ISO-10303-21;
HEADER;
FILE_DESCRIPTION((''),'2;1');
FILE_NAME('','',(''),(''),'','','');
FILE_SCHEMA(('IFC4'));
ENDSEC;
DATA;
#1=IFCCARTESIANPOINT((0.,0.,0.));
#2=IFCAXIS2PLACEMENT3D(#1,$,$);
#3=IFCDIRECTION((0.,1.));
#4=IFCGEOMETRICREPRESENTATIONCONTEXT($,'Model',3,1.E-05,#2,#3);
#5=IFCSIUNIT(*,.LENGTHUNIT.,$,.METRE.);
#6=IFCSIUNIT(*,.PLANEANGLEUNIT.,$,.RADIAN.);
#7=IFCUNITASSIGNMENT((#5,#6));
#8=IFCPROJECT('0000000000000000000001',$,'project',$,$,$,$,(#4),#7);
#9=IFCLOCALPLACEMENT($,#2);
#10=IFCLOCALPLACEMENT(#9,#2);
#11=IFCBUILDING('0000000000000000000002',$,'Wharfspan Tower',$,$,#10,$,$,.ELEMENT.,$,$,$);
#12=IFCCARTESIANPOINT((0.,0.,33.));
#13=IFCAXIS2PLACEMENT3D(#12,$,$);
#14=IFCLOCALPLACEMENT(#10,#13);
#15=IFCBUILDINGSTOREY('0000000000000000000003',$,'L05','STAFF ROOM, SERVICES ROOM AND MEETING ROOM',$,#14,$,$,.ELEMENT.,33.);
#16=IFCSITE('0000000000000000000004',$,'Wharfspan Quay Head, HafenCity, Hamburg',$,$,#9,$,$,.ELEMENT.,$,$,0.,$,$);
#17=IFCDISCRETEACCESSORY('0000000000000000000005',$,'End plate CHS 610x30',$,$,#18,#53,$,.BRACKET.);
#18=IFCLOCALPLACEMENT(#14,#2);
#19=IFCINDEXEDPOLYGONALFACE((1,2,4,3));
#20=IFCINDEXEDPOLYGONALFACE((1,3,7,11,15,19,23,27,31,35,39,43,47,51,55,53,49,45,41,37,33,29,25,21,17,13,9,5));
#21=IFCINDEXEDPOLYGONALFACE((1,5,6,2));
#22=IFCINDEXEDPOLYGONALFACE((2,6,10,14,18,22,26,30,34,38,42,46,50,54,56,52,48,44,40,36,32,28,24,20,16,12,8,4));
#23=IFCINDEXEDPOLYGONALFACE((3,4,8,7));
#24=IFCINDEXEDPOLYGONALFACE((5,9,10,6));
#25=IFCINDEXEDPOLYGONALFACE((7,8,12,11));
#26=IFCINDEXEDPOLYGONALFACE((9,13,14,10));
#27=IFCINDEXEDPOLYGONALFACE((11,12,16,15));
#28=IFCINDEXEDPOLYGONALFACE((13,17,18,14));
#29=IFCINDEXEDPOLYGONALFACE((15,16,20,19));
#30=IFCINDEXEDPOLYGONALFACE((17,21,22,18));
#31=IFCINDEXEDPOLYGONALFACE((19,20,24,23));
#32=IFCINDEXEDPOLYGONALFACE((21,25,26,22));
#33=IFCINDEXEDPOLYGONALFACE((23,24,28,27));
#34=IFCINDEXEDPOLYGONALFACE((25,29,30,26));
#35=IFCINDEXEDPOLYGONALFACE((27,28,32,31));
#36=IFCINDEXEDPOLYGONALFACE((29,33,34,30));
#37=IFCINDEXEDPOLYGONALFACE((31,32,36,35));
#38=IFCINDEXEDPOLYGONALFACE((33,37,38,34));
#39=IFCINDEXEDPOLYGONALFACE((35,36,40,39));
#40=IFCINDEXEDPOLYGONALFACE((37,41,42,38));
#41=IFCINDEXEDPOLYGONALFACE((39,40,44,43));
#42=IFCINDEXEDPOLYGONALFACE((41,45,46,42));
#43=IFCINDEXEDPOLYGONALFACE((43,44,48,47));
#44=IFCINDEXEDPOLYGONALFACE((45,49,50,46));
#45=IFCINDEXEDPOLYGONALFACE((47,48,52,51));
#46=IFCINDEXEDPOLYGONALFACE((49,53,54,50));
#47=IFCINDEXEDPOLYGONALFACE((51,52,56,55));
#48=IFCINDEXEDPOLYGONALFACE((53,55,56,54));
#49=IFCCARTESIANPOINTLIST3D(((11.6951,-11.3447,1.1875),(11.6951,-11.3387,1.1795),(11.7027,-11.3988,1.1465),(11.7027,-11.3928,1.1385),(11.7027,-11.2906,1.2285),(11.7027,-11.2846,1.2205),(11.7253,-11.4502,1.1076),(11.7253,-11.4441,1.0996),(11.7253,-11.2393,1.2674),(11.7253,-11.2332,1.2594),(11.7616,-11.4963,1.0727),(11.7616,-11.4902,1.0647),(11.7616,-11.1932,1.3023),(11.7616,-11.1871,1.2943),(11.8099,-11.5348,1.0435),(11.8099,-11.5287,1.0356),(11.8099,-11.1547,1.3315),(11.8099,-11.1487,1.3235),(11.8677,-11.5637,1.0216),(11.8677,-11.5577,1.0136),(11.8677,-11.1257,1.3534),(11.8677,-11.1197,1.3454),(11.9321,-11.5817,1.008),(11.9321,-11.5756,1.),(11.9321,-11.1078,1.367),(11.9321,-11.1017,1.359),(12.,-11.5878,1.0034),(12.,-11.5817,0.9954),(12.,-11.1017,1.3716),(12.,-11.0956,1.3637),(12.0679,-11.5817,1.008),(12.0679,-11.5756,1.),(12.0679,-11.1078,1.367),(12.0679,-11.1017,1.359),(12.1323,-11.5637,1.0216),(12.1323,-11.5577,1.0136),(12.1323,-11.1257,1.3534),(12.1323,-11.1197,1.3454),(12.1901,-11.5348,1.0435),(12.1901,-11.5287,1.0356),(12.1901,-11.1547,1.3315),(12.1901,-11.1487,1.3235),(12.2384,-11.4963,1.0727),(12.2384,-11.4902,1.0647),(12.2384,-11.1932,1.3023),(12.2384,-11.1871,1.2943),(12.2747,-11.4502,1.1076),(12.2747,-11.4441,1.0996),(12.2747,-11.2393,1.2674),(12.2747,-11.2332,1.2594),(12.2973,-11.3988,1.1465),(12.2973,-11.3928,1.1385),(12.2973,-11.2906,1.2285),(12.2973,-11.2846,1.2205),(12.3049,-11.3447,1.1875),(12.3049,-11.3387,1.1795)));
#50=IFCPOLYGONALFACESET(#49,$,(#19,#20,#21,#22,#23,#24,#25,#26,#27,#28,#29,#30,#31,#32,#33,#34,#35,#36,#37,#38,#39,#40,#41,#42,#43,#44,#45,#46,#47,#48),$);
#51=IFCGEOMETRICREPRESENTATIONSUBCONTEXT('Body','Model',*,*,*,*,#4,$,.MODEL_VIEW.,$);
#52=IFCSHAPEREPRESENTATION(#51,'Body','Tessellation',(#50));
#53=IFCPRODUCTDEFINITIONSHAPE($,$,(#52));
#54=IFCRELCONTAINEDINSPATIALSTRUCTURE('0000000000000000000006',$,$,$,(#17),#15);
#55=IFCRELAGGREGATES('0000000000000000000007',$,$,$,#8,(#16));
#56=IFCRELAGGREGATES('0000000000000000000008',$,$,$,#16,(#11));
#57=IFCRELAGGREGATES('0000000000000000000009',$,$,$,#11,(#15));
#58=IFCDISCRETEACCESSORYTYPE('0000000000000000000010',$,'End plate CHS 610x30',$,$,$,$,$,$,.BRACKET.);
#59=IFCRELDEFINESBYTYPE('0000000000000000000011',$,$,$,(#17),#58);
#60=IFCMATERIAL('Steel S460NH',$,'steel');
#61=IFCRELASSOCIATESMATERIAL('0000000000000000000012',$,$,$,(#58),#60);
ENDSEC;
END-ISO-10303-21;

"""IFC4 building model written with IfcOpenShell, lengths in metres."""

from ifc_helpers import new_model, si_unit, direction, frame, origin, origin_2d, place, context, subcontext, project, spatial, circle, extrude, material, material_profile, profile_set, type_object, element, save


model = new_model("IFC4")

# Units and contexts
model_context = context("Model", 3, precision=1e-05, world=origin(), true_north=direction((0.0, 1.0)))
body_context = subcontext(model_context, "Body", "Model", "MODEL_VIEW")
ifc_project = project(units=[si_unit("LENGTHUNIT", "METRE"), si_unit("PLANEANGLEUNIT", "RADIAN")], contexts=[model_context])

# Site, building, storey
site_placement = place(None, origin())
site = spatial("IfcSite", under=ifc_project, at=site_placement, Name="Wharfspan Quay Head, HafenCity, Hamburg", CompositionType="ELEMENT", RefElevation=0.0)
building_placement = place(site_placement, origin())
building = spatial("IfcBuilding", under=site, at=building_placement, Name="Wharfspan Tower", CompositionType="ELEMENT")
storey_placement = place(building_placement, frame((0.0, 0.0, 33.0)))
storey = spatial("IfcBuildingStorey", under=building, at=storey_placement, Name="L05", Description="STAFF ROOM, SERVICES ROOM AND MEETING ROOM", CompositionType="ELEMENT", Elevation=33.0)

# Shared definitions
ifc_material_1 = material(Name="Steel S460NH", Category="steel")

# Discrete accessory
ifc_material_profile_1 = material_profile(ifc_material_1, circle(Radius=0.3049, at=origin_2d()))
ifc_profile_set_1 = profile_set([ifc_material_profile_1], Name="Steel S460NH")
discrete_accessory_type = type_object("IfcDiscreteAccessoryType", Name="End plate CHS 610x30", PredefinedType="BRACKET", material=ifc_profile_set_1)
for number, where, z_axis, x_axis, name in (
    (1, (12.0, -11.3447, 1.1875), (0.0, 0.603858, -0.797092), (-1.0, 0.0, 0.0), "End plate CHS 610x30"),
):
    element("IfcDiscreteAccessory", number, at=place(storey_placement, frame(where, z_axis=z_axis, x_axis=x_axis)), inside=storey, type_object=discrete_accessory_type, Name=name, PredefinedType="BRACKET", context=body_context, shape_type="SweptSolid", body=[
        extrude(circle(Radius=0.3049, at=origin_2d()), origin(), (0.0, 0.0, 1.0), 0.01),
    ])

save(model, "model.ifc")
